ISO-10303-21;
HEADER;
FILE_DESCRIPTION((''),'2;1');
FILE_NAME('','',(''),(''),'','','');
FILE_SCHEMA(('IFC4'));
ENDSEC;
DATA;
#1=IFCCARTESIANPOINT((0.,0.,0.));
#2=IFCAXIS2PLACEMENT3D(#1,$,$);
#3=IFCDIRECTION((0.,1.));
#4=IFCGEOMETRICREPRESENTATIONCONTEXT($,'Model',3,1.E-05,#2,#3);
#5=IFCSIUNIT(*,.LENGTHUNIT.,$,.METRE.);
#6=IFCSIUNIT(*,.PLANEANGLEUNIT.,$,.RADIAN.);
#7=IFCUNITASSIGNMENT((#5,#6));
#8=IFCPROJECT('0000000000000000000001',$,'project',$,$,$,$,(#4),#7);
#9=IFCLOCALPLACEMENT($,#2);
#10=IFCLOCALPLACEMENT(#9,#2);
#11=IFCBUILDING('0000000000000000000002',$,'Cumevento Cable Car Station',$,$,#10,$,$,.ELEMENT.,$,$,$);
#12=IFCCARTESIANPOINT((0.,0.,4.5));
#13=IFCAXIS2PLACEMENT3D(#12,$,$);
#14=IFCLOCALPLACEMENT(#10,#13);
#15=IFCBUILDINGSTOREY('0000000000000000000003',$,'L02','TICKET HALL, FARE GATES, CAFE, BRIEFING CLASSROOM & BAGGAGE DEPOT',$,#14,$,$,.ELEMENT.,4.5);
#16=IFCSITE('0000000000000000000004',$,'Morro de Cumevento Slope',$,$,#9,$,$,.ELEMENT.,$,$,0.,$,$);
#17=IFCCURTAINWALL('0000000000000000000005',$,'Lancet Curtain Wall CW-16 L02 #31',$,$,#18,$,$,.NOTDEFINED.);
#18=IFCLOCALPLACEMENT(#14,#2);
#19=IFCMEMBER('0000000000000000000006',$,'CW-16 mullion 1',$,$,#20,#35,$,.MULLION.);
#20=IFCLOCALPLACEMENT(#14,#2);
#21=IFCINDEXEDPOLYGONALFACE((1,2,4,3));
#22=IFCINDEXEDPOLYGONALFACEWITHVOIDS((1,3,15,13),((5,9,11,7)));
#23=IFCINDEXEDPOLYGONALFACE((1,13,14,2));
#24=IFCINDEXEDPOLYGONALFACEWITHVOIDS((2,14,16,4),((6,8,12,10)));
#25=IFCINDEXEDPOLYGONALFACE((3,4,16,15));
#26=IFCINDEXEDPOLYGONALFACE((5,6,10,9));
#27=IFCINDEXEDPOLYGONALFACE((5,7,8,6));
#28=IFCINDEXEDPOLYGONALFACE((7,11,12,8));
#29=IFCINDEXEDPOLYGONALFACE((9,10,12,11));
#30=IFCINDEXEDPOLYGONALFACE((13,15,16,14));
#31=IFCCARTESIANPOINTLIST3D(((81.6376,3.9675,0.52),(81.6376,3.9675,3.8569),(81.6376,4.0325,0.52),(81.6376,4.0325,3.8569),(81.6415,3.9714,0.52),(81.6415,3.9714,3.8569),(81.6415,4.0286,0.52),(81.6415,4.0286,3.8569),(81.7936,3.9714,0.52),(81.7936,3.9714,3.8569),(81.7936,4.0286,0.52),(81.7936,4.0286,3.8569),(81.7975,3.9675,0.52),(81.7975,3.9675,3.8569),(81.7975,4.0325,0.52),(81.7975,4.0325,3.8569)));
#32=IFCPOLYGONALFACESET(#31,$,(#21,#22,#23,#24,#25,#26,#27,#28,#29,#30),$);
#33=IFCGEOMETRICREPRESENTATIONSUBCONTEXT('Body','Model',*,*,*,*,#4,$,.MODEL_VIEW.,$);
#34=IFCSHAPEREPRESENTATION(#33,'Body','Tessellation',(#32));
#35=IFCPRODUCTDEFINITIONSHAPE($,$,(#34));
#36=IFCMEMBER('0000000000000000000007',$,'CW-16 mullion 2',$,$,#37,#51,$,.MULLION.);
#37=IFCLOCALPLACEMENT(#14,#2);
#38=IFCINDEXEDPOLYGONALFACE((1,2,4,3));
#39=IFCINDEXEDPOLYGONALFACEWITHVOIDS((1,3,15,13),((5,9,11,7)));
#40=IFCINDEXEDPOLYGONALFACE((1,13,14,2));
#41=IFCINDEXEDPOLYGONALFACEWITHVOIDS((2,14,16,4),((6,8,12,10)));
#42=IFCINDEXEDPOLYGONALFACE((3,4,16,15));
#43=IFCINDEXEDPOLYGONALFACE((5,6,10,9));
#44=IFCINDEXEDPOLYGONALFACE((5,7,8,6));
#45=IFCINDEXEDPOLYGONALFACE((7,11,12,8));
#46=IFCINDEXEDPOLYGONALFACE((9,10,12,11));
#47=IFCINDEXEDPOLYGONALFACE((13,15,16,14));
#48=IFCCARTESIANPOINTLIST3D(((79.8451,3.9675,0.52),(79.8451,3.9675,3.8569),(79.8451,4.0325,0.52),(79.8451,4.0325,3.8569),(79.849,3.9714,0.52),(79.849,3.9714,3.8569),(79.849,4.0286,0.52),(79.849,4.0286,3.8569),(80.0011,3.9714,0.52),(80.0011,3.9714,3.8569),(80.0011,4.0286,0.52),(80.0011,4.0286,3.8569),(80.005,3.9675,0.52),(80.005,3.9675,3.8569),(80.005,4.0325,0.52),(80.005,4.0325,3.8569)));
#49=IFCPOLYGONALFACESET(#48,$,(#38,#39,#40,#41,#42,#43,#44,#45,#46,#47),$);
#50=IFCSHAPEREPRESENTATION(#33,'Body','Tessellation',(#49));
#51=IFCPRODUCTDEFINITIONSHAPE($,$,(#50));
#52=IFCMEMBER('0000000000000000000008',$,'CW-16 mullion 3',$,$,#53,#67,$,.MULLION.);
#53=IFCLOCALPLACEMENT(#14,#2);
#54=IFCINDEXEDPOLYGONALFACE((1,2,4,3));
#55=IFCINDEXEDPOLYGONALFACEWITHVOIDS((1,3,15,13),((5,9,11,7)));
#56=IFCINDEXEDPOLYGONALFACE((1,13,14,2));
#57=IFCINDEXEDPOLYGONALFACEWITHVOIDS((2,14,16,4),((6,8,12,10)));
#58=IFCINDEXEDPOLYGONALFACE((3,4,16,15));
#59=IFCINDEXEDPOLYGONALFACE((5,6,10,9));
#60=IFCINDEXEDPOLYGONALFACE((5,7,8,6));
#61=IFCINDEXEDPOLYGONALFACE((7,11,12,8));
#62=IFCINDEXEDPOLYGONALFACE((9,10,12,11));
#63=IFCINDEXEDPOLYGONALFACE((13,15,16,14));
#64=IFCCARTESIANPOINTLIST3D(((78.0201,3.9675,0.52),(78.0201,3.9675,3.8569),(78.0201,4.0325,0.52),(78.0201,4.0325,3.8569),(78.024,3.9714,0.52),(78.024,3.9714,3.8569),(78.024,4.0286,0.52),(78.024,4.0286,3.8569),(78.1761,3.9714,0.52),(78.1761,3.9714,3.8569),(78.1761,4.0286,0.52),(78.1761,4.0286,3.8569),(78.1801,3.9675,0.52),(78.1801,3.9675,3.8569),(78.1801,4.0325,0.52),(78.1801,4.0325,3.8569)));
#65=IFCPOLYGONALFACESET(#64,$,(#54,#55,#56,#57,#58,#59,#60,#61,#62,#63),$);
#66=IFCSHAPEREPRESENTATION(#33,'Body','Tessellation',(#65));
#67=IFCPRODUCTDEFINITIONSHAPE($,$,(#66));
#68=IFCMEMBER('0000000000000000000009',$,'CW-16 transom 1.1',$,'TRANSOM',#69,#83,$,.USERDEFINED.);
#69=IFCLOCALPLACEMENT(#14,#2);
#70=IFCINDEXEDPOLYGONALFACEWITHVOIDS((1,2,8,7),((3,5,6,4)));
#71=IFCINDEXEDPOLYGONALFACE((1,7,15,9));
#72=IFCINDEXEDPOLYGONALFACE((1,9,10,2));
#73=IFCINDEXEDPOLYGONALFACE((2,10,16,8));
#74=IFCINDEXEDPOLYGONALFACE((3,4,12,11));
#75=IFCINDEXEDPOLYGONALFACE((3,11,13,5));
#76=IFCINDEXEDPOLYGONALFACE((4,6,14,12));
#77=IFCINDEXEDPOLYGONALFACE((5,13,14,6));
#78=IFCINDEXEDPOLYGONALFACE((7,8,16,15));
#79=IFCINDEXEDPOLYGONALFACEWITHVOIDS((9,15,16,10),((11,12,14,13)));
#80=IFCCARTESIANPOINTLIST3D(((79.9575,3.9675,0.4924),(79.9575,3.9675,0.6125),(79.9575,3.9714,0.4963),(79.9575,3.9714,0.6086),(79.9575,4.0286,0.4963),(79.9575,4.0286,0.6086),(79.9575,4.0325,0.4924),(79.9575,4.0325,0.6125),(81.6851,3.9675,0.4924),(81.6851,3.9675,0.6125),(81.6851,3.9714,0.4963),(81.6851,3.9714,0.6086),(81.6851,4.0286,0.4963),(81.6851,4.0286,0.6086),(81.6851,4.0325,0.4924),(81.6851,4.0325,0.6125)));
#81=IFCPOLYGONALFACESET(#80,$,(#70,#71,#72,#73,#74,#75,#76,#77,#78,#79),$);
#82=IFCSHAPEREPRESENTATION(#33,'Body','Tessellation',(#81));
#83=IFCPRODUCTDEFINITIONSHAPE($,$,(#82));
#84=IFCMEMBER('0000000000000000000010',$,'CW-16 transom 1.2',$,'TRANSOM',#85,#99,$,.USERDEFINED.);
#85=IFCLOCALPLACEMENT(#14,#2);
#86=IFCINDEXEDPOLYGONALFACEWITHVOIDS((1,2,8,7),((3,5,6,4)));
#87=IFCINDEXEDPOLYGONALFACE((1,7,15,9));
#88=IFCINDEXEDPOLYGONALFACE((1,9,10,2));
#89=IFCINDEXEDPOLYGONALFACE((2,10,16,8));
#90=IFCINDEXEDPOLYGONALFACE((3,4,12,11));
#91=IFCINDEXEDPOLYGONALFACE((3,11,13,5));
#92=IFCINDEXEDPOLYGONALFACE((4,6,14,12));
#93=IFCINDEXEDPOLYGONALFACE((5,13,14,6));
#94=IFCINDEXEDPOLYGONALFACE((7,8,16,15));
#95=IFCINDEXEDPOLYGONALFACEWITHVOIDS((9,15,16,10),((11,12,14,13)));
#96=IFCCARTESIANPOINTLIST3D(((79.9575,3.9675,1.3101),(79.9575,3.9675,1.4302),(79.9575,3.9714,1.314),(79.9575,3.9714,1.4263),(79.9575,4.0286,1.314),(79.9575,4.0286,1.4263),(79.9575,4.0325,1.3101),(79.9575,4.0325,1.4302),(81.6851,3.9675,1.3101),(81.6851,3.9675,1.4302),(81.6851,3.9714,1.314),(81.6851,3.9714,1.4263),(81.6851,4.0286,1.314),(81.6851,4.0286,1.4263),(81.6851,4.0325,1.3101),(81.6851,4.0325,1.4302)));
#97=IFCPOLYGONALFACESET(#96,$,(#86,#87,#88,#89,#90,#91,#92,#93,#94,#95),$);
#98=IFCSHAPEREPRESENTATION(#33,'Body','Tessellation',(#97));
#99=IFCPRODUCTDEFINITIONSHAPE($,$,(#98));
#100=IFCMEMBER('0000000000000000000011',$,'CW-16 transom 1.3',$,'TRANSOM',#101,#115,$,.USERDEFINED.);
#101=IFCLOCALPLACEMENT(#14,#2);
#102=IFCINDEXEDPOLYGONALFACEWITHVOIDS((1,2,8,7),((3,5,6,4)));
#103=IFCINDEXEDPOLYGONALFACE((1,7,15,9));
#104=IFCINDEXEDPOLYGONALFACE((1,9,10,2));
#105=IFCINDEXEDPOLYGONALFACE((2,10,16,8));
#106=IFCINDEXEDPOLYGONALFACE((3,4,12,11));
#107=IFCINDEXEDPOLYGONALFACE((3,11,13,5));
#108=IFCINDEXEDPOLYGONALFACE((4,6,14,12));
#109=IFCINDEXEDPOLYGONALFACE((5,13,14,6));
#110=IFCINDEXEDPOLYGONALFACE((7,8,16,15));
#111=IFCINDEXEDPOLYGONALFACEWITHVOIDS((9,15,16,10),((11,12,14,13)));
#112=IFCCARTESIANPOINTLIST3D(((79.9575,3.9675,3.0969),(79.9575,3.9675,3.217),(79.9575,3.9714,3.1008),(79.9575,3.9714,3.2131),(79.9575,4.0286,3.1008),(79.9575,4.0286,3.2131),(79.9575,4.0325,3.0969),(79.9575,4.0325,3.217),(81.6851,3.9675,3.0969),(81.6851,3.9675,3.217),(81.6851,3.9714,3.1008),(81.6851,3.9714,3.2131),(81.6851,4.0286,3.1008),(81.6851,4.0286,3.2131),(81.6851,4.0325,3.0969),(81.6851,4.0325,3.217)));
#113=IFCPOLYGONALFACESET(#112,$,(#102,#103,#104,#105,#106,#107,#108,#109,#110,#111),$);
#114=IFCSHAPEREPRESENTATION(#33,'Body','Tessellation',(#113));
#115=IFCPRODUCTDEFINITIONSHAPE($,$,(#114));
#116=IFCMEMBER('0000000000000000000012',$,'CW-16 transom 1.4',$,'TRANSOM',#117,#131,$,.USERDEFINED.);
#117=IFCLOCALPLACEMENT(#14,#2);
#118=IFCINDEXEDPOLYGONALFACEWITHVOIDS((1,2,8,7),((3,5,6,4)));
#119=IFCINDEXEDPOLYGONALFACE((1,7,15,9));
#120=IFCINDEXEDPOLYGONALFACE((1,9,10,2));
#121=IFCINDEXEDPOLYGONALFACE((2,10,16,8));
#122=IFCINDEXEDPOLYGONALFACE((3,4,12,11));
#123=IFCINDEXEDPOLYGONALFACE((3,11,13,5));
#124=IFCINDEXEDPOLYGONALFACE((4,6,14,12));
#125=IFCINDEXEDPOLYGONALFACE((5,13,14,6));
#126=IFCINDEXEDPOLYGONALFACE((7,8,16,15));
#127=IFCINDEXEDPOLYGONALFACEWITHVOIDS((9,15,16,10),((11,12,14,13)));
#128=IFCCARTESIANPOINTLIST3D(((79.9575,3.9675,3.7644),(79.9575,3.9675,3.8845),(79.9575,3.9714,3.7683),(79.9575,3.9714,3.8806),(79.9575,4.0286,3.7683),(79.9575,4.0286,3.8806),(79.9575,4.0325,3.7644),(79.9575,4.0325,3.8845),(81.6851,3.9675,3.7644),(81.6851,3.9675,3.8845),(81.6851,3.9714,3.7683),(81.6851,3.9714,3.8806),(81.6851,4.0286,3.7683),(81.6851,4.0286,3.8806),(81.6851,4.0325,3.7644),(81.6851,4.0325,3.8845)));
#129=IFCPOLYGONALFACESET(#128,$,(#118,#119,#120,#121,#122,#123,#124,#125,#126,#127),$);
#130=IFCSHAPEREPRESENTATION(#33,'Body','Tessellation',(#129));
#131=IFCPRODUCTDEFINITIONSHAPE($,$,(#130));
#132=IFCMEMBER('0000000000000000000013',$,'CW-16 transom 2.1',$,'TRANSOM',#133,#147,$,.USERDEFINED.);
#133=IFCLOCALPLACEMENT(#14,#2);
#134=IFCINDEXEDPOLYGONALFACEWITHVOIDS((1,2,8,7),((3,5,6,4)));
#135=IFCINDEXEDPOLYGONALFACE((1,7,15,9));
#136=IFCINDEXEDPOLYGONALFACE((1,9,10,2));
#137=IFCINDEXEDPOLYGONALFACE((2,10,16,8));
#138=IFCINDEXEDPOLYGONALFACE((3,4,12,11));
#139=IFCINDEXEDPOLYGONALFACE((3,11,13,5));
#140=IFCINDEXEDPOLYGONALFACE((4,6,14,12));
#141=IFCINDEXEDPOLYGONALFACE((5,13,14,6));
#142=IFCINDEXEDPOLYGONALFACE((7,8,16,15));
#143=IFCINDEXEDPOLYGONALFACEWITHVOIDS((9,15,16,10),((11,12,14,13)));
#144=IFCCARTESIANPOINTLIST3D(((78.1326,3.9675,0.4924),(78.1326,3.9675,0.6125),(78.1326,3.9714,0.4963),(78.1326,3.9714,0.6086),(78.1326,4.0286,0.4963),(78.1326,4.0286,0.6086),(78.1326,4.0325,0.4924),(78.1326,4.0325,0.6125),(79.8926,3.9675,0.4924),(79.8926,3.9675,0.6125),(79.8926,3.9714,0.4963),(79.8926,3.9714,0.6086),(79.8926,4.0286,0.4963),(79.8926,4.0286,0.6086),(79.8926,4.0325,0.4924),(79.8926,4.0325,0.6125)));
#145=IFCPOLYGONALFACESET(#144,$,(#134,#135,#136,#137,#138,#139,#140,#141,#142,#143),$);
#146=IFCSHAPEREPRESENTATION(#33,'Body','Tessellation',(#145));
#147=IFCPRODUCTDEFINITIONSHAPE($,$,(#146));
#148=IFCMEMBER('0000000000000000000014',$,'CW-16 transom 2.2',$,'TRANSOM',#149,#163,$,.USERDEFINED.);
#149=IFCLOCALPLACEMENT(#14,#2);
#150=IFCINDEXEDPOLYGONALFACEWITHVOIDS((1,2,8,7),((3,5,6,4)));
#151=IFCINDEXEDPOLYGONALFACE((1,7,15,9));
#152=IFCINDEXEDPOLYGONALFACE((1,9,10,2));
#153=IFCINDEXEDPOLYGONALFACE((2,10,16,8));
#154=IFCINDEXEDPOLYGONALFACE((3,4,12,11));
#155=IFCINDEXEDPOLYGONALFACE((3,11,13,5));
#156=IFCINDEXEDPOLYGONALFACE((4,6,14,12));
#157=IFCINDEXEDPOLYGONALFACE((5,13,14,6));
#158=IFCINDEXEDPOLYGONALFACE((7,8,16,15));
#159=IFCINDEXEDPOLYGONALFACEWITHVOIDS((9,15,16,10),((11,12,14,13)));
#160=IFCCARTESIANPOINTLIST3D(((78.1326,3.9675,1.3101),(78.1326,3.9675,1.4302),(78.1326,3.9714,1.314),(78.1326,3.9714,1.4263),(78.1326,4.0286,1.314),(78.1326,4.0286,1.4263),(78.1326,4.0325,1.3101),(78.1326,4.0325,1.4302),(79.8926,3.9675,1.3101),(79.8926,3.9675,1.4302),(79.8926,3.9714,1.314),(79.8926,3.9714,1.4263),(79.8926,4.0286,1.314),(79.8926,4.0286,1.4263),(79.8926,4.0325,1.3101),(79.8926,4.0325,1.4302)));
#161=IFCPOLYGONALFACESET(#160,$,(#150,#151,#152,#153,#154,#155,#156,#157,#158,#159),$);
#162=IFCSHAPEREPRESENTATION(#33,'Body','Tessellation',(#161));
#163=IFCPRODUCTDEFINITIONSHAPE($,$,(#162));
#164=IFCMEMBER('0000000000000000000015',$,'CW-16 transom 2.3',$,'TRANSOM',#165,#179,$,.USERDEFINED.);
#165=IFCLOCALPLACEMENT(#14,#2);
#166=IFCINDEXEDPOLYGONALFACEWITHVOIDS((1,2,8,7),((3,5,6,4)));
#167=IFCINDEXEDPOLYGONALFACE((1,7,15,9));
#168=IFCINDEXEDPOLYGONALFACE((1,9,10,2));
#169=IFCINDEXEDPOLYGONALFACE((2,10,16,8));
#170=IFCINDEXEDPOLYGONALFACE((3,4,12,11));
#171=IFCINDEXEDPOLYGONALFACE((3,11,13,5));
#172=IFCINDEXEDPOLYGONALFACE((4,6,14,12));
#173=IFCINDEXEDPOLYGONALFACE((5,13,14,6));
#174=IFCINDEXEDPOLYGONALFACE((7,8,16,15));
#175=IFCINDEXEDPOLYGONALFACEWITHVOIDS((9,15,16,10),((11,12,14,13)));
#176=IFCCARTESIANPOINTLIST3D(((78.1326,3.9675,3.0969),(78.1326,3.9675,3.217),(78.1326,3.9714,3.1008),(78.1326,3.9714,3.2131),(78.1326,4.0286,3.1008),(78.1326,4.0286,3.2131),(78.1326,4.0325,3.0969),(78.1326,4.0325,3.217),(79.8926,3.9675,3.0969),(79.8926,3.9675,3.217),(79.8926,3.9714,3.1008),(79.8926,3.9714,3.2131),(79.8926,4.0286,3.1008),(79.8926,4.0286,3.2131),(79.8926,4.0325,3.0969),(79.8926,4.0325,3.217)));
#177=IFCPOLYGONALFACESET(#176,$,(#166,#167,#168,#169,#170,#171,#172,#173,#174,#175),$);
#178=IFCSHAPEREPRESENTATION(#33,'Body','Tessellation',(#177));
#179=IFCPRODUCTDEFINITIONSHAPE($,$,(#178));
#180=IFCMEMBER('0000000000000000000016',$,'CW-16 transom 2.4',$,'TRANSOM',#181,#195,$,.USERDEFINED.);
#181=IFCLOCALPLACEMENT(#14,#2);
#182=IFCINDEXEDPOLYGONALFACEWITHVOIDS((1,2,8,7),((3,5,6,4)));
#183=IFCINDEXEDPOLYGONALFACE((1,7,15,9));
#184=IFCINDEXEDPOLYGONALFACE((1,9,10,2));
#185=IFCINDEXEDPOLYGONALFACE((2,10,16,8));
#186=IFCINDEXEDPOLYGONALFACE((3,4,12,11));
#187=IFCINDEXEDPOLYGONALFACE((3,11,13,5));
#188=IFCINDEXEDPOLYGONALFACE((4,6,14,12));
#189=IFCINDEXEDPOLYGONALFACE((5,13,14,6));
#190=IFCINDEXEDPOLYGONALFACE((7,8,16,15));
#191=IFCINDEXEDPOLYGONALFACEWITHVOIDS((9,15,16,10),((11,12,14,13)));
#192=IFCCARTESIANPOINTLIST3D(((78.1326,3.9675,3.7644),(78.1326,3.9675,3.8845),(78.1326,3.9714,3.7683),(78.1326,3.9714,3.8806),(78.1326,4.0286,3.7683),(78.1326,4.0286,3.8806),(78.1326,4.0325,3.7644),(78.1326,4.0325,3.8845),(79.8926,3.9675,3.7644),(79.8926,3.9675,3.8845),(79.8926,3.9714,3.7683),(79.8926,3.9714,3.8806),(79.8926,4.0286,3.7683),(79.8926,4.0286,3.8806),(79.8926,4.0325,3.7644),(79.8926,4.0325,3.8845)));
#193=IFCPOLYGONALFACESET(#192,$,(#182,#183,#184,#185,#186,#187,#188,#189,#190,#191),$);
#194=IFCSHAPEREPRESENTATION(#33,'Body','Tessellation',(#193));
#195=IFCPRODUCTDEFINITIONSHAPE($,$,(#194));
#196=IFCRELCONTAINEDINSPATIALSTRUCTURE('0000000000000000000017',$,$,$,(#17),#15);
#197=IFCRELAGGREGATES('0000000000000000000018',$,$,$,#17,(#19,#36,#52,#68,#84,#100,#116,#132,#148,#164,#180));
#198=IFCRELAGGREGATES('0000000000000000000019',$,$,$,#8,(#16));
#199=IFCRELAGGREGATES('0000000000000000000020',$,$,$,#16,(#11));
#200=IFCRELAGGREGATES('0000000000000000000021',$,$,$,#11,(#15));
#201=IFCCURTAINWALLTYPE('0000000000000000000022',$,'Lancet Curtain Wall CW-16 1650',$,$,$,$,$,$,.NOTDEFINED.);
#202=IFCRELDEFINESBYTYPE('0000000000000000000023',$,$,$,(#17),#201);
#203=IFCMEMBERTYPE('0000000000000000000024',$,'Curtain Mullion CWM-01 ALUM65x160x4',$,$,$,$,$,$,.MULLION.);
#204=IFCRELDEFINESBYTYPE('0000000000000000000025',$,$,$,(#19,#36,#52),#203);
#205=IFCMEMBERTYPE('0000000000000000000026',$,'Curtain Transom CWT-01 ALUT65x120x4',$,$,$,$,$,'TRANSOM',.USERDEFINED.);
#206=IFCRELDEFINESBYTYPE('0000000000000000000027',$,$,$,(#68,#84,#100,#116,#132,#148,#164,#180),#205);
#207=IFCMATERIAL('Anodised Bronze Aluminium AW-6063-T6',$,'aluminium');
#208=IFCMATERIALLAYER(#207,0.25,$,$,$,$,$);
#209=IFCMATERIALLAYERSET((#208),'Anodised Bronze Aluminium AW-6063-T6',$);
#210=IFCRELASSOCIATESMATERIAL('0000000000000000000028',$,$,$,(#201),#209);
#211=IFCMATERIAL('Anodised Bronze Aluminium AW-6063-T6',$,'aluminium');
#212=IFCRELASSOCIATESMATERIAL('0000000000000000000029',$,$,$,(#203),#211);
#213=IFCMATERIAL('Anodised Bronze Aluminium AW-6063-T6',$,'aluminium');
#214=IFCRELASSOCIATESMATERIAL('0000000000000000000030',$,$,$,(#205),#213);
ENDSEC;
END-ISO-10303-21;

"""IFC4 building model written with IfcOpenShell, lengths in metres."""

from ifc_helpers import new_model, si_unit, direction, frame, origin, origin_2d, place, context, subcontext, project, spatial, hollow_rectangle, extrude, material, layer, layer_set, material_profile, profile_set, type_object, element, aggregate, save


model = new_model("IFC4")

# Units and contexts
model_context = context("Model", 3, precision=1e-05, world=origin(), true_north=direction((0.0, 1.0)))
body_context = subcontext(model_context, "Body", "Model", "MODEL_VIEW")
ifc_project = project(units=[si_unit("LENGTHUNIT", "METRE"), si_unit("PLANEANGLEUNIT", "RADIAN")], contexts=[model_context])

# Site, building, storey
site_placement = place(None, origin())
site = spatial("IfcSite", under=ifc_project, at=site_placement, Name="Morro de Cumevento Slope", CompositionType="ELEMENT", RefElevation=0.0)
building_placement = place(site_placement, origin())
building = spatial("IfcBuilding", under=site, at=building_placement, Name="Cumevento Cable Car Station", CompositionType="ELEMENT")
storey_placement = place(building_placement, frame((0.0, 0.0, 4.5)))
storey = spatial("IfcBuildingStorey", under=building, at=storey_placement, Name="L02", Description="TICKET HALL, FARE GATES, CAFE, BRIEFING CLASSROOM & BAGGAGE DEPOT", CompositionType="ELEMENT", Elevation=4.5)

# Curtain wall, members
ifc_material_1 = material(Name="Anodised Bronze Aluminium AW-6063-T6", Category="aluminium")
ifc_layer_1 = layer(ifc_material_1, 0.25)
ifc_layer_set_1 = layer_set([ifc_layer_1], Name="Anodised Bronze Aluminium AW-6063-T6")
curtain_wall_type = type_object("IfcCurtainWallType", Name="Lancet Curtain Wall CW-16 1650", PredefinedType="NOTDEFINED", material=ifc_layer_set_1)
curtain_wall_placement = place(storey_placement, origin())
curtain_wall = element("IfcCurtainWall", 1, at=curtain_wall_placement, inside=storey, type_object=curtain_wall_type, Name="Lancet Curtain Wall CW-16 L02 #31", PredefinedType="NOTDEFINED")
ifc_material_2 = material(Name="Anodised Bronze Aluminium AW-6063-T6", Category="aluminium")
ifc_material_profile_1 = material_profile(ifc_material_2, hollow_rectangle(XDim=0.0649, YDim=0.1599, WallThickness=0.0039, at=origin_2d()), Name="ALUM65x160x4")
ifc_profile_set_1 = profile_set([ifc_material_profile_1], Name="Anodised Bronze Aluminium AW-6063-T6")
member_type_1 = type_object("IfcMemberType", Name="Curtain Mullion CWM-01 ALUM65x160x4", PredefinedType="MULLION", material=ifc_profile_set_1)
member_1_placement = place(storey_placement, frame((81.7175, 4.0, 0.52), z_axis=(0.0, 0.0, 1.0), x_axis=(0.0, -1.0, 0.0)))
member_1 = element("IfcMember", 2, at=member_1_placement, type_object=member_type_1, Name="CW-16 mullion 1", PredefinedType="MULLION", context=body_context, shape_type="SweptSolid", body=[
    extrude(hollow_rectangle(XDim=0.0649, YDim=0.1599, WallThickness=0.0039, at=origin_2d()), origin(), (0.0, 0.0, 1.0), 3.3369),
])
member_2_placement = place(storey_placement, frame((79.925, 4.0, 0.52), z_axis=(0.0, 0.0, 1.0), x_axis=(0.0, -1.0, 0.0)))
member_2 = element("IfcMember", 3, at=member_2_placement, type_object=member_type_1, Name="CW-16 mullion 2", PredefinedType="MULLION", context=body_context, shape_type="SweptSolid", body=[
    extrude(hollow_rectangle(XDim=0.0649, YDim=0.1599, WallThickness=0.0039, at=origin_2d()), origin(), (0.0, 0.0, 1.0), 3.3369),
])
member_3_placement = place(storey_placement, frame((78.1001, 4.0, 0.52), z_axis=(0.0, 0.0, 1.0), x_axis=(0.0, -1.0, 0.0)))
member_3 = element("IfcMember", 4, at=member_3_placement, type_object=member_type_1, Name="CW-16 mullion 3", PredefinedType="MULLION", context=body_context, shape_type="SweptSolid", body=[
    extrude(hollow_rectangle(XDim=0.0649, YDim=0.1599, WallThickness=0.0039, at=origin_2d()), origin(), (0.0, 0.0, 1.0), 3.3369),
])
ifc_material_3 = material(Name="Anodised Bronze Aluminium AW-6063-T6", Category="aluminium")
ifc_material_profile_2 = material_profile(ifc_material_3, hollow_rectangle(XDim=0.0649, YDim=0.1201, WallThickness=0.0039, at=origin_2d()), Name="ALUT65x120x4")
ifc_profile_set_2 = profile_set([ifc_material_profile_2], Name="Anodised Bronze Aluminium AW-6063-T6")
member_type_2 = type_object("IfcMemberType", Name="Curtain Transom CWT-01 ALUT65x120x4", ElementType="TRANSOM", PredefinedType="USERDEFINED", material=ifc_profile_set_2)
member_4_placement = place(storey_placement, frame((81.6851, 4.0, 0.5525), z_axis=(-1.0, 0.0, 0.0), x_axis=(0.0, -1.0, 0.0)))
member_4 = element("IfcMember", 5, at=member_4_placement, type_object=member_type_2, Name="CW-16 transom 1.1", ObjectType="TRANSOM", PredefinedType="USERDEFINED", context=body_context, shape_type="SweptSolid", body=[
    extrude(hollow_rectangle(XDim=0.0649, YDim=0.1201, WallThickness=0.0039, at=origin_2d()), origin(), (0.0, 0.0, 1.0), 1.7275),
])
member_5_placement = place(storey_placement, frame((81.6851, 4.0, 1.3701), z_axis=(-1.0, 0.0, 0.0), x_axis=(0.0, -1.0, 0.0)))
member_5 = element("IfcMember", 6, at=member_5_placement, type_object=member_type_2, Name="CW-16 transom 1.2", ObjectType="TRANSOM", PredefinedType="USERDEFINED", context=body_context, shape_type="SweptSolid", body=[
    extrude(hollow_rectangle(XDim=0.0649, YDim=0.1201, WallThickness=0.0039, at=origin_2d()), origin(), (0.0, 0.0, 1.0), 1.7275),
])
member_6_placement = place(storey_placement, frame((81.6851, 4.0, 3.157), z_axis=(-1.0, 0.0, 0.0), x_axis=(0.0, -1.0, 0.0)))
member_6 = element("IfcMember", 7, at=member_6_placement, type_object=member_type_2, Name="CW-16 transom 1.3", ObjectType="TRANSOM", PredefinedType="USERDEFINED", context=body_context, shape_type="SweptSolid", body=[
    extrude(hollow_rectangle(XDim=0.0649, YDim=0.1201, WallThickness=0.0039, at=origin_2d()), origin(), (0.0, 0.0, 1.0), 1.7275),
])
member_7_placement = place(storey_placement, frame((81.6851, 4.0, 3.8245), z_axis=(-1.0, 0.0, 0.0), x_axis=(0.0, -1.0, 0.0)))
member_7 = element("IfcMember", 8, at=member_7_placement, type_object=member_type_2, Name="CW-16 transom 1.4", ObjectType="TRANSOM", PredefinedType="USERDEFINED", context=body_context, shape_type="SweptSolid", body=[
    extrude(hollow_rectangle(XDim=0.0649, YDim=0.1201, WallThickness=0.0039, at=origin_2d()), origin(), (0.0, 0.0, 1.0), 1.7275),
])
member_8_placement = place(storey_placement, frame((79.8926, 4.0, 0.5525), z_axis=(-1.0, 0.0, 0.0), x_axis=(0.0, -1.0, 0.0)))
member_8 = element("IfcMember", 9, at=member_8_placement, type_object=member_type_2, Name="CW-16 transom 2.1", ObjectType="TRANSOM", PredefinedType="USERDEFINED", context=body_context, shape_type="SweptSolid", body=[
    extrude(hollow_rectangle(XDim=0.0649, YDim=0.1201, WallThickness=0.0039, at=origin_2d()), origin(), (0.0, 0.0, 1.0), 1.76),
])
member_9_placement = place(storey_placement, frame((79.8926, 4.0, 1.3701), z_axis=(-1.0, 0.0, 0.0), x_axis=(0.0, -1.0, 0.0)))
member_9 = element("IfcMember", 10, at=member_9_placement, type_object=member_type_2, Name="CW-16 transom 2.2", ObjectType="TRANSOM", PredefinedType="USERDEFINED", context=body_context, shape_type="SweptSolid", body=[
    extrude(hollow_rectangle(XDim=0.0649, YDim=0.1201, WallThickness=0.0039, at=origin_2d()), origin(), (0.0, 0.0, 1.0), 1.76),
])
member_10_placement = place(storey_placement, frame((79.8926, 4.0, 3.157), z_axis=(-1.0, 0.0, 0.0), x_axis=(0.0, -1.0, 0.0)))
member_10 = element("IfcMember", 11, at=member_10_placement, type_object=member_type_2, Name="CW-16 transom 2.3", ObjectType="TRANSOM", PredefinedType="USERDEFINED", context=body_context, shape_type="SweptSolid", body=[
    extrude(hollow_rectangle(XDim=0.0649, YDim=0.1201, WallThickness=0.0039, at=origin_2d()), origin(), (0.0, 0.0, 1.0), 1.76),
])
member_11_placement = place(storey_placement, frame((79.8926, 4.0, 3.8245), z_axis=(-1.0, 0.0, 0.0), x_axis=(0.0, -1.0, 0.0)))
member_11 = element("IfcMember", 12, at=member_11_placement, type_object=member_type_2, Name="CW-16 transom 2.4", ObjectType="TRANSOM", PredefinedType="USERDEFINED", context=body_context, shape_type="SweptSolid", body=[
    extrude(hollow_rectangle(XDim=0.0649, YDim=0.1201, WallThickness=0.0039, at=origin_2d()), origin(), (0.0, 0.0, 1.0), 1.76),
])

aggregate(curtain_wall, [member_1, member_2, member_3, member_4, member_5, member_6, member_7, member_8, member_9, member_10, member_11])

save(model, "model.ifc")
